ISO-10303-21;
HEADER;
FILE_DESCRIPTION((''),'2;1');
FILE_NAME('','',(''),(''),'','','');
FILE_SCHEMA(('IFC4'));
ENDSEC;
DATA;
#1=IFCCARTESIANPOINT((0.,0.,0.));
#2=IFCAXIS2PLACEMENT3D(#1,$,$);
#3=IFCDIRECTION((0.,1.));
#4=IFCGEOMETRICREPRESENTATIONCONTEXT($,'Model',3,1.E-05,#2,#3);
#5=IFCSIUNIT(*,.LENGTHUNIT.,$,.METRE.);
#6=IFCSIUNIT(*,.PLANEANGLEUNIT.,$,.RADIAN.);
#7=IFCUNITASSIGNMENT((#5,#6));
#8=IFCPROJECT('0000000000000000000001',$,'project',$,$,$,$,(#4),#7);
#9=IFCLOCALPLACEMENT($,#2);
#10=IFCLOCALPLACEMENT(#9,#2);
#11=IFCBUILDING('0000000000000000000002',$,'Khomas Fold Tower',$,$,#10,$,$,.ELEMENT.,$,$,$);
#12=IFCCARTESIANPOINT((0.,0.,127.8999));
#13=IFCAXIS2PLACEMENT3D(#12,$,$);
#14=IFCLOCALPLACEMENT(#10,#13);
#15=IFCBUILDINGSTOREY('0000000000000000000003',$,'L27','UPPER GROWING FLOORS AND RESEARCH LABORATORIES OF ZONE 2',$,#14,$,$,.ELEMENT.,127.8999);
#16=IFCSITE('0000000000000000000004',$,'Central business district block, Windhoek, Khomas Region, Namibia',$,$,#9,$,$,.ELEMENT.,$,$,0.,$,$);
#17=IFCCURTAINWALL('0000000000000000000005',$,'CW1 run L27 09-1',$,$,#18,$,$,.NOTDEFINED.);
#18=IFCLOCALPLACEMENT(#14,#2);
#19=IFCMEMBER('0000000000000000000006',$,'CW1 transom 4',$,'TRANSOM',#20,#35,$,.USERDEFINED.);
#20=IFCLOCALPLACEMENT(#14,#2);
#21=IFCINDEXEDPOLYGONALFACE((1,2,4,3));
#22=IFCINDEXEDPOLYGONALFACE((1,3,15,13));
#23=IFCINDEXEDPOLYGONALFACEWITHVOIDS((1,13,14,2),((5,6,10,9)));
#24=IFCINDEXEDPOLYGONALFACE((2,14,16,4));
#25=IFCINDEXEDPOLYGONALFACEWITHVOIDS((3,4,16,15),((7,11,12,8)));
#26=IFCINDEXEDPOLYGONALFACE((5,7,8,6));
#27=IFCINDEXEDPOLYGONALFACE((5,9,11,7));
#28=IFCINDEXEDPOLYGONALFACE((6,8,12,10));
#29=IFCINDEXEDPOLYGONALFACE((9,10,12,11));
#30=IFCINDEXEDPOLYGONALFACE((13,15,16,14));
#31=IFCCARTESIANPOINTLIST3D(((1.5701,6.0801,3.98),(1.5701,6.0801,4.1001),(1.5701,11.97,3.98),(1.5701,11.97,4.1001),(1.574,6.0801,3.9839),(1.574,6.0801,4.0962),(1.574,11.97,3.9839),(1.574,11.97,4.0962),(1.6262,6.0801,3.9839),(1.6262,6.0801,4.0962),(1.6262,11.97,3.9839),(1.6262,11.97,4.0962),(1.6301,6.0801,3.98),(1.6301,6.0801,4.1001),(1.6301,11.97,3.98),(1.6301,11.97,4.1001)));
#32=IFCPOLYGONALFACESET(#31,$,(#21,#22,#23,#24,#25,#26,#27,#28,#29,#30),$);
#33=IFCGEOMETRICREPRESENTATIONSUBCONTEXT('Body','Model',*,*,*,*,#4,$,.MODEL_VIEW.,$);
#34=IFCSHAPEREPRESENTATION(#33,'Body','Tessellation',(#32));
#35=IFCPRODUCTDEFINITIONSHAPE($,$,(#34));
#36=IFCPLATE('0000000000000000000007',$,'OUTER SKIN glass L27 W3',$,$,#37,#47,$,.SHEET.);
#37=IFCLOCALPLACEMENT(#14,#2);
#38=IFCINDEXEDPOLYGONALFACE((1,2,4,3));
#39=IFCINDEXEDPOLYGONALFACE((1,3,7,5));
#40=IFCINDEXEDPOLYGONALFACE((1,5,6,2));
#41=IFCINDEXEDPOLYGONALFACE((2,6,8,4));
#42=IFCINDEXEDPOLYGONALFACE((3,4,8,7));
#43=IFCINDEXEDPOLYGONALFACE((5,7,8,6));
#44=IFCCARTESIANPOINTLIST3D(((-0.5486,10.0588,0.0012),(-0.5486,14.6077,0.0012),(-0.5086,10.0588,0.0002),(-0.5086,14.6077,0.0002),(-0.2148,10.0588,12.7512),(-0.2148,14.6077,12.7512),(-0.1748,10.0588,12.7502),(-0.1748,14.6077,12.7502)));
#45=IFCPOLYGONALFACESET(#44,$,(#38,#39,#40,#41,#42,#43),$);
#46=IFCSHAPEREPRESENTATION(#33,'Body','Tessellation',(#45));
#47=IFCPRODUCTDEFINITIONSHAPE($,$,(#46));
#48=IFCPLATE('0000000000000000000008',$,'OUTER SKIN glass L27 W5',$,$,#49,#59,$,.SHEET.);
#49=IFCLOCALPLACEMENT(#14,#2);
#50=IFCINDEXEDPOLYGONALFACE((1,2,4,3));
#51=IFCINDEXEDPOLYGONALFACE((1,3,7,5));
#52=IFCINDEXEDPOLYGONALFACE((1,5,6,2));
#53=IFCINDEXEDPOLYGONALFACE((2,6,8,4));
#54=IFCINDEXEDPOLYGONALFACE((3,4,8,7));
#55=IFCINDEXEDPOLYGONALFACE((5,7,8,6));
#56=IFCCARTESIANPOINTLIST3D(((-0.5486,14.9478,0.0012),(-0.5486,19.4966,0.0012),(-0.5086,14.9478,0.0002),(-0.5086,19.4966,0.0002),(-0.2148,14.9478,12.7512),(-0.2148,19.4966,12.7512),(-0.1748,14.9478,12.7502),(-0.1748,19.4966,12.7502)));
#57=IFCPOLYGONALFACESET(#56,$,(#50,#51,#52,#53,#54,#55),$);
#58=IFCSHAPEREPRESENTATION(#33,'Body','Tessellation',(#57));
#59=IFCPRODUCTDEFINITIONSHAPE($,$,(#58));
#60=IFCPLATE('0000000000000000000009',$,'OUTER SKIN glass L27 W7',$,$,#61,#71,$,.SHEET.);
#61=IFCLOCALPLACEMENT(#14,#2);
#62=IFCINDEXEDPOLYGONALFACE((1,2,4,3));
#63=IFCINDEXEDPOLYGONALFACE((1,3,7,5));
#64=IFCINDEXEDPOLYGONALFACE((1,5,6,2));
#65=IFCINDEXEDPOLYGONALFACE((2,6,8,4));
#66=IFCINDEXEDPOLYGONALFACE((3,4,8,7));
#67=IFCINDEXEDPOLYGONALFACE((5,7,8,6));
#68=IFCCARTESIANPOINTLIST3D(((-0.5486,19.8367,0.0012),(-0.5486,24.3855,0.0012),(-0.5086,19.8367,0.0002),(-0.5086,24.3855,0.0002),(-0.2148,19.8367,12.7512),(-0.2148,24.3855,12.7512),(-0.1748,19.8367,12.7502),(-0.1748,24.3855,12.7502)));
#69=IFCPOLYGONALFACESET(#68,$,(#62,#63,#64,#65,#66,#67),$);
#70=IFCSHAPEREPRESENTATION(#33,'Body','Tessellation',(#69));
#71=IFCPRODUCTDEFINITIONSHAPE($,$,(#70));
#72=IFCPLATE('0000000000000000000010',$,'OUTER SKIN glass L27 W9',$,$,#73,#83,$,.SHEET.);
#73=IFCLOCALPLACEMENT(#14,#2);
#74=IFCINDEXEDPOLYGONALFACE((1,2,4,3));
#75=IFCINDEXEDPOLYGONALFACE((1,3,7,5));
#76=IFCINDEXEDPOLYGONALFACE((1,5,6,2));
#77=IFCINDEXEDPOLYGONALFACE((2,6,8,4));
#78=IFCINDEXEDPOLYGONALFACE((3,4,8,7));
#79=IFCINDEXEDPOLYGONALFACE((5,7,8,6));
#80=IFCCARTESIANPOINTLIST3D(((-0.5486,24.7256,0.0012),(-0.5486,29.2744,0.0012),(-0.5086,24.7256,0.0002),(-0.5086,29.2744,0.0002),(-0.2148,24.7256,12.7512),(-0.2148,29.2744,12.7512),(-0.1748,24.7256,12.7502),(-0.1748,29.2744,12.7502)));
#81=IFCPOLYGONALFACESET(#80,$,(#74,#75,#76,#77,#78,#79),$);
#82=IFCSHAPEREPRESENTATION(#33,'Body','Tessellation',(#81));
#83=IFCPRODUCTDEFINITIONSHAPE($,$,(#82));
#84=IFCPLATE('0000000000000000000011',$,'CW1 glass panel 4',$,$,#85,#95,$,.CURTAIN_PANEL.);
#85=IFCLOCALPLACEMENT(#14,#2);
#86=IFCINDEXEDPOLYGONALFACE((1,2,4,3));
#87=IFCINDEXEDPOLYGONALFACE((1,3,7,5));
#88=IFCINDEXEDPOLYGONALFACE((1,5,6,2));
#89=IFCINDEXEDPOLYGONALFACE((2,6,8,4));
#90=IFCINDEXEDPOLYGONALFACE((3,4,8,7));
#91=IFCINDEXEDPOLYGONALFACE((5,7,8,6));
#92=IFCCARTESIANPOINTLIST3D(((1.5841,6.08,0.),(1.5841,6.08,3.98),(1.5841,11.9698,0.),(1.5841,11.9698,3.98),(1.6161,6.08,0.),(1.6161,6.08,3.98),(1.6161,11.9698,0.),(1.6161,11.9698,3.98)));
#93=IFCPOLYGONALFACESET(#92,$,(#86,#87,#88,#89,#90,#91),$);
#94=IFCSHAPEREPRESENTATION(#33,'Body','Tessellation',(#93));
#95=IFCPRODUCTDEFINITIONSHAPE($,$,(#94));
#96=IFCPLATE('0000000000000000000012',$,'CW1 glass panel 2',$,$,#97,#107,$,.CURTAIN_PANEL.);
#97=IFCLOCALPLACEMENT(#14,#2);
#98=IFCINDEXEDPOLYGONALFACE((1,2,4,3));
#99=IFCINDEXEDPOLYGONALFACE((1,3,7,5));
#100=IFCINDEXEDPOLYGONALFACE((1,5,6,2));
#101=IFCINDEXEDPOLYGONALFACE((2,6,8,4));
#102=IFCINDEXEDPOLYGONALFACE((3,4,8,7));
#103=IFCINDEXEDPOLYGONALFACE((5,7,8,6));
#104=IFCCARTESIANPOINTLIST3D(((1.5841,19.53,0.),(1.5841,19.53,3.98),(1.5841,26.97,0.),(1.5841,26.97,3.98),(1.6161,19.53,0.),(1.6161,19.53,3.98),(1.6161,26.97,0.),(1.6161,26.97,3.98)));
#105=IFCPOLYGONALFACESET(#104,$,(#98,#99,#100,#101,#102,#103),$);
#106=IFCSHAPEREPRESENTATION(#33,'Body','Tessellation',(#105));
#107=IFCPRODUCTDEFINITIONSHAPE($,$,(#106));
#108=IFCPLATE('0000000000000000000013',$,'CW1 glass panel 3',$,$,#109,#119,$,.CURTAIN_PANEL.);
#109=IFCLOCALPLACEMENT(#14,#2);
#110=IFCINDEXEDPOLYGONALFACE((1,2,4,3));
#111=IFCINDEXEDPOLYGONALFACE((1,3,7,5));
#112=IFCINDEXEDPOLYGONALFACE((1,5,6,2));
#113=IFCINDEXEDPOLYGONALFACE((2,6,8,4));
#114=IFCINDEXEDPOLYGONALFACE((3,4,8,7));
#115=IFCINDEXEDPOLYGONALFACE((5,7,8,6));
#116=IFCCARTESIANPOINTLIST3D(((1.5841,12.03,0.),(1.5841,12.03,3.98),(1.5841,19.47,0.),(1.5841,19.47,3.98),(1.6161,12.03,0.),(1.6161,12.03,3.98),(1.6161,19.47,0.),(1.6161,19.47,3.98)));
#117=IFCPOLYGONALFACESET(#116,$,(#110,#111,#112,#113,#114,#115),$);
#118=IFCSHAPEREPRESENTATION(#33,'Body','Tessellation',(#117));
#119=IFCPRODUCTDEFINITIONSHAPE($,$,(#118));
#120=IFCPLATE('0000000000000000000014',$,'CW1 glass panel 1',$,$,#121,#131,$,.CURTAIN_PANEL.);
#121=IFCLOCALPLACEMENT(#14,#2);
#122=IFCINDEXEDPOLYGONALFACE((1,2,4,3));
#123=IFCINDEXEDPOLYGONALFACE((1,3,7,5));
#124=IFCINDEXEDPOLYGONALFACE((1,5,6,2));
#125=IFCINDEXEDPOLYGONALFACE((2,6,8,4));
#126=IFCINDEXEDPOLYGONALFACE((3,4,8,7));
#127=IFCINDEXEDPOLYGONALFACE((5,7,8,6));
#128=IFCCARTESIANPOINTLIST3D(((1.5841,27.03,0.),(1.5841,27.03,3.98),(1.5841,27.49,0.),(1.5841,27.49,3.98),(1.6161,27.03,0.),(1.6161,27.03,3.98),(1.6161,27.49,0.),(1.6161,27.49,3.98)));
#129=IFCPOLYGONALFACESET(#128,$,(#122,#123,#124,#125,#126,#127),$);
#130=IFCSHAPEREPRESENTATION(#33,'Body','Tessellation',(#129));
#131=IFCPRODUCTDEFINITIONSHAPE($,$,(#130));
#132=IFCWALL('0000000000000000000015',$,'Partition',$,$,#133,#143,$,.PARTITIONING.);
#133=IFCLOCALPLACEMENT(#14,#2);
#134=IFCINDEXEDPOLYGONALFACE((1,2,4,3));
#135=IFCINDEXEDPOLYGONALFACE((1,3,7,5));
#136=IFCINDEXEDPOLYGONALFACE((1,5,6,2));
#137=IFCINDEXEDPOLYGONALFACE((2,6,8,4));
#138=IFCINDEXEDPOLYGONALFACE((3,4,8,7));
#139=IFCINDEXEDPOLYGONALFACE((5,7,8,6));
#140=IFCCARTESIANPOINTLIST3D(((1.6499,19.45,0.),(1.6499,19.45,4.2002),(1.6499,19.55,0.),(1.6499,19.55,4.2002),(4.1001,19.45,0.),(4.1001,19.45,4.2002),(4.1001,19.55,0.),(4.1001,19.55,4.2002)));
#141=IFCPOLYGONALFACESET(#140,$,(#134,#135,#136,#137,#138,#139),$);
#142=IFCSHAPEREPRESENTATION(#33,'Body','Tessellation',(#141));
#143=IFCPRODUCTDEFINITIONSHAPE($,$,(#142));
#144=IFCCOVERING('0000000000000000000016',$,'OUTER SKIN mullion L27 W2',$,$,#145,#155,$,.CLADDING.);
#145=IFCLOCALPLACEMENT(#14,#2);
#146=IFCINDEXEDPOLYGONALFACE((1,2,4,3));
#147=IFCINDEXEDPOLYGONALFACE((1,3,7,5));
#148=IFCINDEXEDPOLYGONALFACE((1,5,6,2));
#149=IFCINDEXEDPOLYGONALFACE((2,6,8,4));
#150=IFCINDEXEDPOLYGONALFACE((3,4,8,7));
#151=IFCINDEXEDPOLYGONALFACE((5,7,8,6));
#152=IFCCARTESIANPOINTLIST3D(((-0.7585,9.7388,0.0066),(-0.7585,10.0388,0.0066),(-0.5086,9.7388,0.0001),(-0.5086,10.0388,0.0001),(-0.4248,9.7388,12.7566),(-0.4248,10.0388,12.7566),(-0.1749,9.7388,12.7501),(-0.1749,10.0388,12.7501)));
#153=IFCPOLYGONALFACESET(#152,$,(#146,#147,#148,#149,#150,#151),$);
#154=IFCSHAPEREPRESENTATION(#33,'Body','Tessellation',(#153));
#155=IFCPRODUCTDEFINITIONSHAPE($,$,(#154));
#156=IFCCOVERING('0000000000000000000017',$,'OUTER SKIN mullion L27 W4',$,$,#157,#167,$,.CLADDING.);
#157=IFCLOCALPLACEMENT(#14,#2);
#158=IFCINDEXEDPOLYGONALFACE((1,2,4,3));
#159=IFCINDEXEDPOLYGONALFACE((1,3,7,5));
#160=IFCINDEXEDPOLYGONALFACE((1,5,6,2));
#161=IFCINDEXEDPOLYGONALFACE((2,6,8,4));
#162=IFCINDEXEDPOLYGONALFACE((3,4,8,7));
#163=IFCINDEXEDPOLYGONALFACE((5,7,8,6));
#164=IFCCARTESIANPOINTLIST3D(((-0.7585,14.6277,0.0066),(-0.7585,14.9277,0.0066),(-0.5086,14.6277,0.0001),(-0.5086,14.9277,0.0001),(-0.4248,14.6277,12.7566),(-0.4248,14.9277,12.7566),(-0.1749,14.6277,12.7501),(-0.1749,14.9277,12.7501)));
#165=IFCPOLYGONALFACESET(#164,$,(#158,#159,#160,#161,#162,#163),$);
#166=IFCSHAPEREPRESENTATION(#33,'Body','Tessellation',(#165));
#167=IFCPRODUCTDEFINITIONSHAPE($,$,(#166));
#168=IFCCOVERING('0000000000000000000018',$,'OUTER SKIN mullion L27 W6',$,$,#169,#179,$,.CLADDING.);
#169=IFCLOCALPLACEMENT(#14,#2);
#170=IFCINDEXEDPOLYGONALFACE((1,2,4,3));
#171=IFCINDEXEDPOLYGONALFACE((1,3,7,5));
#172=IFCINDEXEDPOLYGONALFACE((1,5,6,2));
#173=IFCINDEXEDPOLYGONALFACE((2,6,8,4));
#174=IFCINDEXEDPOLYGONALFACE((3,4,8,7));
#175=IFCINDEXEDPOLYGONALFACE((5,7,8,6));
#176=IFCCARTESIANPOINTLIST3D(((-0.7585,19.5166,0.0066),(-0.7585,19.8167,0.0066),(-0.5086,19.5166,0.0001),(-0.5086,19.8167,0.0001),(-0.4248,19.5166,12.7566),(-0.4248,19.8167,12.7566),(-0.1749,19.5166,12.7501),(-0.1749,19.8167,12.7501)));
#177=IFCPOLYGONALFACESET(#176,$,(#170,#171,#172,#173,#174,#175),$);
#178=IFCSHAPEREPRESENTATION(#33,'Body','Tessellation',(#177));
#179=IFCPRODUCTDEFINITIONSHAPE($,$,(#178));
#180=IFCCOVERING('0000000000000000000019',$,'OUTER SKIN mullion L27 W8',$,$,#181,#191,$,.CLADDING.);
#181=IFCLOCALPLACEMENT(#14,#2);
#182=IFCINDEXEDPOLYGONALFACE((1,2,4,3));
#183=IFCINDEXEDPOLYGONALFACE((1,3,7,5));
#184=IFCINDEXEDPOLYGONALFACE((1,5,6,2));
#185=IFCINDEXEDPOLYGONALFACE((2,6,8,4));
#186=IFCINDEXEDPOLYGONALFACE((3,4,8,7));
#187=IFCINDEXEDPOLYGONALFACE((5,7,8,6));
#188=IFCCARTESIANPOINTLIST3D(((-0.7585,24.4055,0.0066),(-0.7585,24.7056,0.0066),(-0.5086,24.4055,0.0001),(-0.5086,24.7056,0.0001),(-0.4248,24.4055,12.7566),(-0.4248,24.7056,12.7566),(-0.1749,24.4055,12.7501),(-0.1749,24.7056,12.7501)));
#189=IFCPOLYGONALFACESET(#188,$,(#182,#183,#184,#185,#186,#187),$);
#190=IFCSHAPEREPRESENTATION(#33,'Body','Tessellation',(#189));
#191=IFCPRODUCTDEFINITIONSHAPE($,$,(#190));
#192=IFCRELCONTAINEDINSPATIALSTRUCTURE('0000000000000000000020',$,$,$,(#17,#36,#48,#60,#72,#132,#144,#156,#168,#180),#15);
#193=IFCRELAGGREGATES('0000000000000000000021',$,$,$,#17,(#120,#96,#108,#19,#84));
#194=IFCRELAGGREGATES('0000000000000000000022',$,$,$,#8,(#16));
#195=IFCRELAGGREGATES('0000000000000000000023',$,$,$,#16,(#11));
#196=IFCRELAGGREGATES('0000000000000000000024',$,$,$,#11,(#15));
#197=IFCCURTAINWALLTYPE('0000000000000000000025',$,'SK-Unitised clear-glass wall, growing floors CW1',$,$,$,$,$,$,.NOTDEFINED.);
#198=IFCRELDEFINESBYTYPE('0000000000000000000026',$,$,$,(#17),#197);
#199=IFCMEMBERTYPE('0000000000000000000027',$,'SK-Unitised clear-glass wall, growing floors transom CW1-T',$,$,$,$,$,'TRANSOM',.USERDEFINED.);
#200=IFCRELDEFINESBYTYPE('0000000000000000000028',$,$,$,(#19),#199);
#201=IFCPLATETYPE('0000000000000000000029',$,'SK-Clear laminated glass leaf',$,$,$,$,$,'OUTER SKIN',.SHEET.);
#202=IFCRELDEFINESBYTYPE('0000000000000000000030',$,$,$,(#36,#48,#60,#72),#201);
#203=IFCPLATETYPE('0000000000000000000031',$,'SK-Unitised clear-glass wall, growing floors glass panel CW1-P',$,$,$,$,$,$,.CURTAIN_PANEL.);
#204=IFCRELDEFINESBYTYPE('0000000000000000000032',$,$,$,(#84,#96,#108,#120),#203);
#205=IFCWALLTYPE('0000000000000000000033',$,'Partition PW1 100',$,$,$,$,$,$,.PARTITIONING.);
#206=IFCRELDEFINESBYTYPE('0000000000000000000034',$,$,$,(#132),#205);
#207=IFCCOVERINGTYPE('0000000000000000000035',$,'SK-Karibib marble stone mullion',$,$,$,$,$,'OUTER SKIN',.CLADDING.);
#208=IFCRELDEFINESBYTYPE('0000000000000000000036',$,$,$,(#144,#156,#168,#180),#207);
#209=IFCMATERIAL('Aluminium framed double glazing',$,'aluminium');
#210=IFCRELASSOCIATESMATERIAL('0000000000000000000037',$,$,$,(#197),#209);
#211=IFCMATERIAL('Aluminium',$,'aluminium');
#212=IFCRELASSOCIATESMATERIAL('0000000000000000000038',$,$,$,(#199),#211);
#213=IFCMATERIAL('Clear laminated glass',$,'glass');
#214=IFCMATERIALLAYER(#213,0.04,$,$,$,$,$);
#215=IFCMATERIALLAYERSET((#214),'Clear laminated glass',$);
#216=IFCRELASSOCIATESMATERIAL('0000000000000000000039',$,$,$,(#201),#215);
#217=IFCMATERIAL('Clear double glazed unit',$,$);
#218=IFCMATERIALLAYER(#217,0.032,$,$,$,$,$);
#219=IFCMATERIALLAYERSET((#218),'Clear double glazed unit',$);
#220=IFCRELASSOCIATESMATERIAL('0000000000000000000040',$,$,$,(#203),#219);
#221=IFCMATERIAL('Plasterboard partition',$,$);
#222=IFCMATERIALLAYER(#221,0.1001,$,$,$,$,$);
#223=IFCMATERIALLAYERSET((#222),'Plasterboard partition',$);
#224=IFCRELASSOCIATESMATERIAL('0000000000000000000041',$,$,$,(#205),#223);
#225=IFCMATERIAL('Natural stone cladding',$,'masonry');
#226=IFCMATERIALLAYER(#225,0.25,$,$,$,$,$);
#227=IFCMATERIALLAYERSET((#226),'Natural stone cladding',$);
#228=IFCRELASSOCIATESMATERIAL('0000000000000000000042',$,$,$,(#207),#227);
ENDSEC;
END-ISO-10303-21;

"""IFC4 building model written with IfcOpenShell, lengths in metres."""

from ifc_helpers import new_model, si_unit, direction, frame, frame_2d, origin, origin_2d, place, context, subcontext, project, spatial, polyline, rectangle, hollow_rectangle, outline, extrude, source, transform, mapped, material, layer, layer_set, material_profile, profile_set, type_object, element, aggregate, save


model = new_model("IFC4")

# Units and contexts
model_context = context("Model", 3, precision=1e-05, world=origin(), true_north=direction((0.0, 1.0)))
body_context = subcontext(model_context, "Body", "Model", "MODEL_VIEW")
ifc_project = project(units=[si_unit("LENGTHUNIT", "METRE"), si_unit("PLANEANGLEUNIT", "RADIAN")], contexts=[model_context])

# Site, building, storey
site_placement = place(None, origin())
site = spatial("IfcSite", under=ifc_project, at=site_placement, Name="Central business district block, Windhoek, Khomas Region, Namibia", CompositionType="ELEMENT", RefElevation=0.0)
building_placement = place(site_placement, origin())
building = spatial("IfcBuilding", under=site, at=building_placement, Name="Khomas Fold Tower", CompositionType="ELEMENT")
storey_placement = place(building_placement, frame((0.0, 0.0, 127.8999)))
storey = spatial("IfcBuildingStorey", under=building, at=storey_placement, Name="L27", Description="UPPER GROWING FLOORS AND RESEARCH LABORATORIES OF ZONE 2", CompositionType="ELEMENT", Elevation=127.8999)

# Curtain wall, member
ifc_material_1 = material(Name="Aluminium framed double glazing", Category="aluminium")
curtain_wall_type = type_object("IfcCurtainWallType", Name="SK-Unitised clear-glass wall, growing floors CW1", PredefinedType="NOTDEFINED", material=ifc_material_1)
curtain_wall_placement = place(storey_placement, origin())
curtain_wall = element("IfcCurtainWall", 1, at=curtain_wall_placement, inside=storey, type_object=curtain_wall_type, Name="CW1 run L27 09-1", PredefinedType="NOTDEFINED")
ifc_material_2 = material(Name="Aluminium", Category="aluminium")
ifc_material_profile_1 = material_profile(ifc_material_2, hollow_rectangle(XDim=0.0601, YDim=0.1201, WallThickness=0.0039, at=origin_2d()), Name="SK-Unitised clear-glass wall, growing floors transom CW1-T")
ifc_profile_set_1 = profile_set([ifc_material_profile_1], Name="Aluminium")
member_type_1 = type_object("IfcMemberType", Name="SK-Unitised clear-glass wall, growing floors transom CW1-T", ElementType="TRANSOM", PredefinedType="USERDEFINED", material=ifc_profile_set_1)
shared_shape_1 = source(origin(), body_context, "Body", "SweptSolid", [
    extrude(hollow_rectangle(XDim=0.0601, YDim=0.1201, WallThickness=0.0039, at=origin_2d()), origin(), (0.0, 0.0, 1.0), 5.8899),
])
member_1_placement = place(storey_placement, frame((1.6001, 11.97, 4.04), z_axis=(0.0, -1.0, 0.0), x_axis=(1.0, 0.0, 0.0)))
member_1 = element("IfcMember", 2, at=member_1_placement, type_object=member_type_1, Name="CW1 transom 4", ObjectType="TRANSOM", PredefinedType="USERDEFINED", context=body_context, shape_type="MappedRepresentation", body=[
    mapped(shared_shape_1, transform((0.0, 0.0, 0.0))),
])

# Plates
ifc_material_3 = material(Name="Clear laminated glass", Category="glass")
ifc_layer_1 = layer(ifc_material_3, 0.04)
ifc_layer_set_1 = layer_set([ifc_layer_1], Name="Clear laminated glass")
plate_type_1 = type_object("IfcPlateType", Name="SK-Clear laminated glass leaf", ElementType="OUTER SKIN", PredefinedType="SHEET", material=ifc_layer_set_1)
for number, where, z_axis, x_axis, name in (
    (3, (-0.5486, 10.0588, 0.0012), (-0.999658, 0.0, 0.026167), (0.0, 1.0, 0.0), "OUTER SKIN glass L27 W3"),
    (4, (-0.5486, 14.9478, 0.0012), (-0.999658, 0.0, 0.026167), (0.0, 1.0, 0.0), "OUTER SKIN glass L27 W5"),
    (5, (-0.5486, 19.8367, 0.0012), (-0.999658, 0.0, 0.026167), (0.0, 1.0, 0.0), "OUTER SKIN glass L27 W7"),
    (6, (-0.5486, 24.7256, 0.0012), (-0.999658, 0.0, 0.026167), (0.0, 1.0, 0.0), "OUTER SKIN glass L27 W9"),
):
    element("IfcPlate", number, at=place(storey_placement, frame(where, z_axis=z_axis, x_axis=x_axis)), inside=storey, type_object=plate_type_1, Name=name, PredefinedType="SHEET", context=body_context, shape_type="SweptSolid", body=[
        extrude(outline(polyline([(0.0, 0.0), (4.5488, 0.0), (4.5488, -12.7544), (0.0, -12.7544), (0.0, 0.0)])), origin(), (0.0, 0.0, -1.0), 0.04),
    ])

# Plates
ifc_material_4 = material(Name="Clear double glazed unit")
ifc_layer_2 = layer(ifc_material_4, 0.032)
ifc_layer_set_2 = layer_set([ifc_layer_2], Name="Clear double glazed unit")
plate_type_2 = type_object("IfcPlateType", Name="SK-Unitised clear-glass wall, growing floors glass panel CW1-P", PredefinedType="CURTAIN_PANEL", material=ifc_layer_set_2)
shared_shape_2 = source(origin(), body_context, "Body", "SweptSolid", [
    extrude(rectangle(XDim=5.8899, YDim=0.032, at=origin_2d()), origin(), (0.0, 0.0, 1.0), 3.98),
])
plate_1_placement = place(storey_placement, frame((1.6001, 9.0249, 0.0), z_axis=(0.0, 0.0, 1.0), x_axis=(0.0, -1.0, 0.0)))
plate_1 = element("IfcPlate", 7, at=plate_1_placement, type_object=plate_type_2, Name="CW1 glass panel 4", PredefinedType="CURTAIN_PANEL", context=body_context, shape_type="MappedRepresentation", body=[
    mapped(shared_shape_2, transform((0.0, 0.0, 0.0))),
])
shared_shape_3 = source(origin(), body_context, "Body", "SweptSolid", [
    extrude(rectangle(XDim=7.4399, YDim=0.032, at=origin_2d()), origin(), (0.0, 0.0, 1.0), 3.98),
])
plate_2_placement = place(storey_placement, frame((1.6001, 23.25, 0.0), z_axis=(0.0, 0.0, 1.0), x_axis=(0.0, -1.0, 0.0)))
plate_2 = element("IfcPlate", 8, at=plate_2_placement, type_object=plate_type_2, Name="CW1 glass panel 2", PredefinedType="CURTAIN_PANEL", context=body_context, shape_type="MappedRepresentation", body=[
    mapped(shared_shape_3, transform((0.0, 0.0, 0.0))),
])
plate_3_placement = place(storey_placement, frame((1.6001, 15.75, 0.0), z_axis=(0.0, 0.0, 1.0), x_axis=(0.0, -1.0, 0.0)))
plate_3 = element("IfcPlate", 9, at=plate_3_placement, type_object=plate_type_2, Name="CW1 glass panel 3", PredefinedType="CURTAIN_PANEL", context=body_context, shape_type="MappedRepresentation", body=[
    mapped(shared_shape_3, transform((0.0, 0.0, 0.0))),
])
shared_shape_4 = source(origin(), body_context, "Body", "SweptSolid", [
    extrude(rectangle(XDim=0.46, YDim=0.032, at=origin_2d()), origin(), (0.0, 0.0, 1.0), 3.98),
])
plate_4_placement = place(storey_placement, frame((1.6001, 27.26, 0.0), z_axis=(0.0, 0.0, 1.0), x_axis=(0.0, -1.0, 0.0)))
plate_4 = element("IfcPlate", 10, at=plate_4_placement, type_object=plate_type_2, Name="CW1 glass panel 1", PredefinedType="CURTAIN_PANEL", context=body_context, shape_type="MappedRepresentation", body=[
    mapped(shared_shape_4, transform((0.0, 0.0, 0.0))),
])
aggregate(curtain_wall, [plate_4, plate_2, plate_3, member_1, plate_1])

# Wall
ifc_material_5 = material(Name="Plasterboard partition")
ifc_layer_3 = layer(ifc_material_5, 0.1001)
ifc_layer_set_3 = layer_set([ifc_layer_3], Name="Plasterboard partition")
wall_type = type_object("IfcWallType", Name="Partition PW1 100", PredefinedType="PARTITIONING", material=ifc_layer_set_3)
shared_shape_5 = source(origin(), body_context, "Body", "SweptSolid", [
    extrude(rectangle(XDim=2.4502, YDim=0.1001, at=frame_2d((1.2251, 0.0))), origin(), (0.0, 0.0, 1.0), 4.2002),
])
wall_placement = place(storey_placement, frame((1.6499, 19.5, 0.0), z_axis=(0.0, 0.0, 1.0), x_axis=(1.0, 0.0, 0.0)))
element("IfcWall", 11, at=wall_placement, inside=storey, type_object=wall_type, Name="Partition", PredefinedType="PARTITIONING", context=body_context, shape_type="MappedRepresentation", body=[
    mapped(shared_shape_5, transform((0.0, 0.0, 0.0))),
])

# Coverings
ifc_material_6 = material(Name="Natural stone cladding", Category="masonry")
ifc_layer_4 = layer(ifc_material_6, 0.25)
ifc_layer_set_4 = layer_set([ifc_layer_4], Name="Natural stone cladding")
covering_type = type_object("IfcCoveringType", Name="SK-Karibib marble stone mullion", ElementType="OUTER SKIN", PredefinedType="CLADDING", material=ifc_layer_set_4)
for number, where, z_axis, x_axis, name in (
    (12, (-0.7585, 9.7388, 0.0066), (-0.999658, 0.0, 0.026167), (0.0, 1.0, 0.0), "OUTER SKIN mullion L27 W2"),
    (13, (-0.7585, 14.6277, 0.0066), (-0.999658, 0.0, 0.026167), (0.0, 1.0, 0.0), "OUTER SKIN mullion L27 W4"),
    (14, (-0.7585, 19.5166, 0.0066), (-0.999658, 0.0, 0.026167), (0.0, 1.0, 0.0), "OUTER SKIN mullion L27 W6"),
    (15, (-0.7585, 24.4055, 0.0066), (-0.999658, 0.0, 0.026167), (0.0, 1.0, 0.0), "OUTER SKIN mullion L27 W8"),
):
    element("IfcCovering", number, at=place(storey_placement, frame(where, z_axis=z_axis, x_axis=x_axis)), inside=storey, type_object=covering_type, Name=name, PredefinedType="CLADDING", context=body_context, shape_type="SweptSolid", body=[
        extrude(outline(polyline([(0.0, 0.0), (0.3, 0.0), (0.3, -12.7544), (0.0, -12.7544), (0.0, 0.0)])), origin(), (0.0, 0.0, -1.0), 0.25),
    ])

save(model, "model.ifc")
